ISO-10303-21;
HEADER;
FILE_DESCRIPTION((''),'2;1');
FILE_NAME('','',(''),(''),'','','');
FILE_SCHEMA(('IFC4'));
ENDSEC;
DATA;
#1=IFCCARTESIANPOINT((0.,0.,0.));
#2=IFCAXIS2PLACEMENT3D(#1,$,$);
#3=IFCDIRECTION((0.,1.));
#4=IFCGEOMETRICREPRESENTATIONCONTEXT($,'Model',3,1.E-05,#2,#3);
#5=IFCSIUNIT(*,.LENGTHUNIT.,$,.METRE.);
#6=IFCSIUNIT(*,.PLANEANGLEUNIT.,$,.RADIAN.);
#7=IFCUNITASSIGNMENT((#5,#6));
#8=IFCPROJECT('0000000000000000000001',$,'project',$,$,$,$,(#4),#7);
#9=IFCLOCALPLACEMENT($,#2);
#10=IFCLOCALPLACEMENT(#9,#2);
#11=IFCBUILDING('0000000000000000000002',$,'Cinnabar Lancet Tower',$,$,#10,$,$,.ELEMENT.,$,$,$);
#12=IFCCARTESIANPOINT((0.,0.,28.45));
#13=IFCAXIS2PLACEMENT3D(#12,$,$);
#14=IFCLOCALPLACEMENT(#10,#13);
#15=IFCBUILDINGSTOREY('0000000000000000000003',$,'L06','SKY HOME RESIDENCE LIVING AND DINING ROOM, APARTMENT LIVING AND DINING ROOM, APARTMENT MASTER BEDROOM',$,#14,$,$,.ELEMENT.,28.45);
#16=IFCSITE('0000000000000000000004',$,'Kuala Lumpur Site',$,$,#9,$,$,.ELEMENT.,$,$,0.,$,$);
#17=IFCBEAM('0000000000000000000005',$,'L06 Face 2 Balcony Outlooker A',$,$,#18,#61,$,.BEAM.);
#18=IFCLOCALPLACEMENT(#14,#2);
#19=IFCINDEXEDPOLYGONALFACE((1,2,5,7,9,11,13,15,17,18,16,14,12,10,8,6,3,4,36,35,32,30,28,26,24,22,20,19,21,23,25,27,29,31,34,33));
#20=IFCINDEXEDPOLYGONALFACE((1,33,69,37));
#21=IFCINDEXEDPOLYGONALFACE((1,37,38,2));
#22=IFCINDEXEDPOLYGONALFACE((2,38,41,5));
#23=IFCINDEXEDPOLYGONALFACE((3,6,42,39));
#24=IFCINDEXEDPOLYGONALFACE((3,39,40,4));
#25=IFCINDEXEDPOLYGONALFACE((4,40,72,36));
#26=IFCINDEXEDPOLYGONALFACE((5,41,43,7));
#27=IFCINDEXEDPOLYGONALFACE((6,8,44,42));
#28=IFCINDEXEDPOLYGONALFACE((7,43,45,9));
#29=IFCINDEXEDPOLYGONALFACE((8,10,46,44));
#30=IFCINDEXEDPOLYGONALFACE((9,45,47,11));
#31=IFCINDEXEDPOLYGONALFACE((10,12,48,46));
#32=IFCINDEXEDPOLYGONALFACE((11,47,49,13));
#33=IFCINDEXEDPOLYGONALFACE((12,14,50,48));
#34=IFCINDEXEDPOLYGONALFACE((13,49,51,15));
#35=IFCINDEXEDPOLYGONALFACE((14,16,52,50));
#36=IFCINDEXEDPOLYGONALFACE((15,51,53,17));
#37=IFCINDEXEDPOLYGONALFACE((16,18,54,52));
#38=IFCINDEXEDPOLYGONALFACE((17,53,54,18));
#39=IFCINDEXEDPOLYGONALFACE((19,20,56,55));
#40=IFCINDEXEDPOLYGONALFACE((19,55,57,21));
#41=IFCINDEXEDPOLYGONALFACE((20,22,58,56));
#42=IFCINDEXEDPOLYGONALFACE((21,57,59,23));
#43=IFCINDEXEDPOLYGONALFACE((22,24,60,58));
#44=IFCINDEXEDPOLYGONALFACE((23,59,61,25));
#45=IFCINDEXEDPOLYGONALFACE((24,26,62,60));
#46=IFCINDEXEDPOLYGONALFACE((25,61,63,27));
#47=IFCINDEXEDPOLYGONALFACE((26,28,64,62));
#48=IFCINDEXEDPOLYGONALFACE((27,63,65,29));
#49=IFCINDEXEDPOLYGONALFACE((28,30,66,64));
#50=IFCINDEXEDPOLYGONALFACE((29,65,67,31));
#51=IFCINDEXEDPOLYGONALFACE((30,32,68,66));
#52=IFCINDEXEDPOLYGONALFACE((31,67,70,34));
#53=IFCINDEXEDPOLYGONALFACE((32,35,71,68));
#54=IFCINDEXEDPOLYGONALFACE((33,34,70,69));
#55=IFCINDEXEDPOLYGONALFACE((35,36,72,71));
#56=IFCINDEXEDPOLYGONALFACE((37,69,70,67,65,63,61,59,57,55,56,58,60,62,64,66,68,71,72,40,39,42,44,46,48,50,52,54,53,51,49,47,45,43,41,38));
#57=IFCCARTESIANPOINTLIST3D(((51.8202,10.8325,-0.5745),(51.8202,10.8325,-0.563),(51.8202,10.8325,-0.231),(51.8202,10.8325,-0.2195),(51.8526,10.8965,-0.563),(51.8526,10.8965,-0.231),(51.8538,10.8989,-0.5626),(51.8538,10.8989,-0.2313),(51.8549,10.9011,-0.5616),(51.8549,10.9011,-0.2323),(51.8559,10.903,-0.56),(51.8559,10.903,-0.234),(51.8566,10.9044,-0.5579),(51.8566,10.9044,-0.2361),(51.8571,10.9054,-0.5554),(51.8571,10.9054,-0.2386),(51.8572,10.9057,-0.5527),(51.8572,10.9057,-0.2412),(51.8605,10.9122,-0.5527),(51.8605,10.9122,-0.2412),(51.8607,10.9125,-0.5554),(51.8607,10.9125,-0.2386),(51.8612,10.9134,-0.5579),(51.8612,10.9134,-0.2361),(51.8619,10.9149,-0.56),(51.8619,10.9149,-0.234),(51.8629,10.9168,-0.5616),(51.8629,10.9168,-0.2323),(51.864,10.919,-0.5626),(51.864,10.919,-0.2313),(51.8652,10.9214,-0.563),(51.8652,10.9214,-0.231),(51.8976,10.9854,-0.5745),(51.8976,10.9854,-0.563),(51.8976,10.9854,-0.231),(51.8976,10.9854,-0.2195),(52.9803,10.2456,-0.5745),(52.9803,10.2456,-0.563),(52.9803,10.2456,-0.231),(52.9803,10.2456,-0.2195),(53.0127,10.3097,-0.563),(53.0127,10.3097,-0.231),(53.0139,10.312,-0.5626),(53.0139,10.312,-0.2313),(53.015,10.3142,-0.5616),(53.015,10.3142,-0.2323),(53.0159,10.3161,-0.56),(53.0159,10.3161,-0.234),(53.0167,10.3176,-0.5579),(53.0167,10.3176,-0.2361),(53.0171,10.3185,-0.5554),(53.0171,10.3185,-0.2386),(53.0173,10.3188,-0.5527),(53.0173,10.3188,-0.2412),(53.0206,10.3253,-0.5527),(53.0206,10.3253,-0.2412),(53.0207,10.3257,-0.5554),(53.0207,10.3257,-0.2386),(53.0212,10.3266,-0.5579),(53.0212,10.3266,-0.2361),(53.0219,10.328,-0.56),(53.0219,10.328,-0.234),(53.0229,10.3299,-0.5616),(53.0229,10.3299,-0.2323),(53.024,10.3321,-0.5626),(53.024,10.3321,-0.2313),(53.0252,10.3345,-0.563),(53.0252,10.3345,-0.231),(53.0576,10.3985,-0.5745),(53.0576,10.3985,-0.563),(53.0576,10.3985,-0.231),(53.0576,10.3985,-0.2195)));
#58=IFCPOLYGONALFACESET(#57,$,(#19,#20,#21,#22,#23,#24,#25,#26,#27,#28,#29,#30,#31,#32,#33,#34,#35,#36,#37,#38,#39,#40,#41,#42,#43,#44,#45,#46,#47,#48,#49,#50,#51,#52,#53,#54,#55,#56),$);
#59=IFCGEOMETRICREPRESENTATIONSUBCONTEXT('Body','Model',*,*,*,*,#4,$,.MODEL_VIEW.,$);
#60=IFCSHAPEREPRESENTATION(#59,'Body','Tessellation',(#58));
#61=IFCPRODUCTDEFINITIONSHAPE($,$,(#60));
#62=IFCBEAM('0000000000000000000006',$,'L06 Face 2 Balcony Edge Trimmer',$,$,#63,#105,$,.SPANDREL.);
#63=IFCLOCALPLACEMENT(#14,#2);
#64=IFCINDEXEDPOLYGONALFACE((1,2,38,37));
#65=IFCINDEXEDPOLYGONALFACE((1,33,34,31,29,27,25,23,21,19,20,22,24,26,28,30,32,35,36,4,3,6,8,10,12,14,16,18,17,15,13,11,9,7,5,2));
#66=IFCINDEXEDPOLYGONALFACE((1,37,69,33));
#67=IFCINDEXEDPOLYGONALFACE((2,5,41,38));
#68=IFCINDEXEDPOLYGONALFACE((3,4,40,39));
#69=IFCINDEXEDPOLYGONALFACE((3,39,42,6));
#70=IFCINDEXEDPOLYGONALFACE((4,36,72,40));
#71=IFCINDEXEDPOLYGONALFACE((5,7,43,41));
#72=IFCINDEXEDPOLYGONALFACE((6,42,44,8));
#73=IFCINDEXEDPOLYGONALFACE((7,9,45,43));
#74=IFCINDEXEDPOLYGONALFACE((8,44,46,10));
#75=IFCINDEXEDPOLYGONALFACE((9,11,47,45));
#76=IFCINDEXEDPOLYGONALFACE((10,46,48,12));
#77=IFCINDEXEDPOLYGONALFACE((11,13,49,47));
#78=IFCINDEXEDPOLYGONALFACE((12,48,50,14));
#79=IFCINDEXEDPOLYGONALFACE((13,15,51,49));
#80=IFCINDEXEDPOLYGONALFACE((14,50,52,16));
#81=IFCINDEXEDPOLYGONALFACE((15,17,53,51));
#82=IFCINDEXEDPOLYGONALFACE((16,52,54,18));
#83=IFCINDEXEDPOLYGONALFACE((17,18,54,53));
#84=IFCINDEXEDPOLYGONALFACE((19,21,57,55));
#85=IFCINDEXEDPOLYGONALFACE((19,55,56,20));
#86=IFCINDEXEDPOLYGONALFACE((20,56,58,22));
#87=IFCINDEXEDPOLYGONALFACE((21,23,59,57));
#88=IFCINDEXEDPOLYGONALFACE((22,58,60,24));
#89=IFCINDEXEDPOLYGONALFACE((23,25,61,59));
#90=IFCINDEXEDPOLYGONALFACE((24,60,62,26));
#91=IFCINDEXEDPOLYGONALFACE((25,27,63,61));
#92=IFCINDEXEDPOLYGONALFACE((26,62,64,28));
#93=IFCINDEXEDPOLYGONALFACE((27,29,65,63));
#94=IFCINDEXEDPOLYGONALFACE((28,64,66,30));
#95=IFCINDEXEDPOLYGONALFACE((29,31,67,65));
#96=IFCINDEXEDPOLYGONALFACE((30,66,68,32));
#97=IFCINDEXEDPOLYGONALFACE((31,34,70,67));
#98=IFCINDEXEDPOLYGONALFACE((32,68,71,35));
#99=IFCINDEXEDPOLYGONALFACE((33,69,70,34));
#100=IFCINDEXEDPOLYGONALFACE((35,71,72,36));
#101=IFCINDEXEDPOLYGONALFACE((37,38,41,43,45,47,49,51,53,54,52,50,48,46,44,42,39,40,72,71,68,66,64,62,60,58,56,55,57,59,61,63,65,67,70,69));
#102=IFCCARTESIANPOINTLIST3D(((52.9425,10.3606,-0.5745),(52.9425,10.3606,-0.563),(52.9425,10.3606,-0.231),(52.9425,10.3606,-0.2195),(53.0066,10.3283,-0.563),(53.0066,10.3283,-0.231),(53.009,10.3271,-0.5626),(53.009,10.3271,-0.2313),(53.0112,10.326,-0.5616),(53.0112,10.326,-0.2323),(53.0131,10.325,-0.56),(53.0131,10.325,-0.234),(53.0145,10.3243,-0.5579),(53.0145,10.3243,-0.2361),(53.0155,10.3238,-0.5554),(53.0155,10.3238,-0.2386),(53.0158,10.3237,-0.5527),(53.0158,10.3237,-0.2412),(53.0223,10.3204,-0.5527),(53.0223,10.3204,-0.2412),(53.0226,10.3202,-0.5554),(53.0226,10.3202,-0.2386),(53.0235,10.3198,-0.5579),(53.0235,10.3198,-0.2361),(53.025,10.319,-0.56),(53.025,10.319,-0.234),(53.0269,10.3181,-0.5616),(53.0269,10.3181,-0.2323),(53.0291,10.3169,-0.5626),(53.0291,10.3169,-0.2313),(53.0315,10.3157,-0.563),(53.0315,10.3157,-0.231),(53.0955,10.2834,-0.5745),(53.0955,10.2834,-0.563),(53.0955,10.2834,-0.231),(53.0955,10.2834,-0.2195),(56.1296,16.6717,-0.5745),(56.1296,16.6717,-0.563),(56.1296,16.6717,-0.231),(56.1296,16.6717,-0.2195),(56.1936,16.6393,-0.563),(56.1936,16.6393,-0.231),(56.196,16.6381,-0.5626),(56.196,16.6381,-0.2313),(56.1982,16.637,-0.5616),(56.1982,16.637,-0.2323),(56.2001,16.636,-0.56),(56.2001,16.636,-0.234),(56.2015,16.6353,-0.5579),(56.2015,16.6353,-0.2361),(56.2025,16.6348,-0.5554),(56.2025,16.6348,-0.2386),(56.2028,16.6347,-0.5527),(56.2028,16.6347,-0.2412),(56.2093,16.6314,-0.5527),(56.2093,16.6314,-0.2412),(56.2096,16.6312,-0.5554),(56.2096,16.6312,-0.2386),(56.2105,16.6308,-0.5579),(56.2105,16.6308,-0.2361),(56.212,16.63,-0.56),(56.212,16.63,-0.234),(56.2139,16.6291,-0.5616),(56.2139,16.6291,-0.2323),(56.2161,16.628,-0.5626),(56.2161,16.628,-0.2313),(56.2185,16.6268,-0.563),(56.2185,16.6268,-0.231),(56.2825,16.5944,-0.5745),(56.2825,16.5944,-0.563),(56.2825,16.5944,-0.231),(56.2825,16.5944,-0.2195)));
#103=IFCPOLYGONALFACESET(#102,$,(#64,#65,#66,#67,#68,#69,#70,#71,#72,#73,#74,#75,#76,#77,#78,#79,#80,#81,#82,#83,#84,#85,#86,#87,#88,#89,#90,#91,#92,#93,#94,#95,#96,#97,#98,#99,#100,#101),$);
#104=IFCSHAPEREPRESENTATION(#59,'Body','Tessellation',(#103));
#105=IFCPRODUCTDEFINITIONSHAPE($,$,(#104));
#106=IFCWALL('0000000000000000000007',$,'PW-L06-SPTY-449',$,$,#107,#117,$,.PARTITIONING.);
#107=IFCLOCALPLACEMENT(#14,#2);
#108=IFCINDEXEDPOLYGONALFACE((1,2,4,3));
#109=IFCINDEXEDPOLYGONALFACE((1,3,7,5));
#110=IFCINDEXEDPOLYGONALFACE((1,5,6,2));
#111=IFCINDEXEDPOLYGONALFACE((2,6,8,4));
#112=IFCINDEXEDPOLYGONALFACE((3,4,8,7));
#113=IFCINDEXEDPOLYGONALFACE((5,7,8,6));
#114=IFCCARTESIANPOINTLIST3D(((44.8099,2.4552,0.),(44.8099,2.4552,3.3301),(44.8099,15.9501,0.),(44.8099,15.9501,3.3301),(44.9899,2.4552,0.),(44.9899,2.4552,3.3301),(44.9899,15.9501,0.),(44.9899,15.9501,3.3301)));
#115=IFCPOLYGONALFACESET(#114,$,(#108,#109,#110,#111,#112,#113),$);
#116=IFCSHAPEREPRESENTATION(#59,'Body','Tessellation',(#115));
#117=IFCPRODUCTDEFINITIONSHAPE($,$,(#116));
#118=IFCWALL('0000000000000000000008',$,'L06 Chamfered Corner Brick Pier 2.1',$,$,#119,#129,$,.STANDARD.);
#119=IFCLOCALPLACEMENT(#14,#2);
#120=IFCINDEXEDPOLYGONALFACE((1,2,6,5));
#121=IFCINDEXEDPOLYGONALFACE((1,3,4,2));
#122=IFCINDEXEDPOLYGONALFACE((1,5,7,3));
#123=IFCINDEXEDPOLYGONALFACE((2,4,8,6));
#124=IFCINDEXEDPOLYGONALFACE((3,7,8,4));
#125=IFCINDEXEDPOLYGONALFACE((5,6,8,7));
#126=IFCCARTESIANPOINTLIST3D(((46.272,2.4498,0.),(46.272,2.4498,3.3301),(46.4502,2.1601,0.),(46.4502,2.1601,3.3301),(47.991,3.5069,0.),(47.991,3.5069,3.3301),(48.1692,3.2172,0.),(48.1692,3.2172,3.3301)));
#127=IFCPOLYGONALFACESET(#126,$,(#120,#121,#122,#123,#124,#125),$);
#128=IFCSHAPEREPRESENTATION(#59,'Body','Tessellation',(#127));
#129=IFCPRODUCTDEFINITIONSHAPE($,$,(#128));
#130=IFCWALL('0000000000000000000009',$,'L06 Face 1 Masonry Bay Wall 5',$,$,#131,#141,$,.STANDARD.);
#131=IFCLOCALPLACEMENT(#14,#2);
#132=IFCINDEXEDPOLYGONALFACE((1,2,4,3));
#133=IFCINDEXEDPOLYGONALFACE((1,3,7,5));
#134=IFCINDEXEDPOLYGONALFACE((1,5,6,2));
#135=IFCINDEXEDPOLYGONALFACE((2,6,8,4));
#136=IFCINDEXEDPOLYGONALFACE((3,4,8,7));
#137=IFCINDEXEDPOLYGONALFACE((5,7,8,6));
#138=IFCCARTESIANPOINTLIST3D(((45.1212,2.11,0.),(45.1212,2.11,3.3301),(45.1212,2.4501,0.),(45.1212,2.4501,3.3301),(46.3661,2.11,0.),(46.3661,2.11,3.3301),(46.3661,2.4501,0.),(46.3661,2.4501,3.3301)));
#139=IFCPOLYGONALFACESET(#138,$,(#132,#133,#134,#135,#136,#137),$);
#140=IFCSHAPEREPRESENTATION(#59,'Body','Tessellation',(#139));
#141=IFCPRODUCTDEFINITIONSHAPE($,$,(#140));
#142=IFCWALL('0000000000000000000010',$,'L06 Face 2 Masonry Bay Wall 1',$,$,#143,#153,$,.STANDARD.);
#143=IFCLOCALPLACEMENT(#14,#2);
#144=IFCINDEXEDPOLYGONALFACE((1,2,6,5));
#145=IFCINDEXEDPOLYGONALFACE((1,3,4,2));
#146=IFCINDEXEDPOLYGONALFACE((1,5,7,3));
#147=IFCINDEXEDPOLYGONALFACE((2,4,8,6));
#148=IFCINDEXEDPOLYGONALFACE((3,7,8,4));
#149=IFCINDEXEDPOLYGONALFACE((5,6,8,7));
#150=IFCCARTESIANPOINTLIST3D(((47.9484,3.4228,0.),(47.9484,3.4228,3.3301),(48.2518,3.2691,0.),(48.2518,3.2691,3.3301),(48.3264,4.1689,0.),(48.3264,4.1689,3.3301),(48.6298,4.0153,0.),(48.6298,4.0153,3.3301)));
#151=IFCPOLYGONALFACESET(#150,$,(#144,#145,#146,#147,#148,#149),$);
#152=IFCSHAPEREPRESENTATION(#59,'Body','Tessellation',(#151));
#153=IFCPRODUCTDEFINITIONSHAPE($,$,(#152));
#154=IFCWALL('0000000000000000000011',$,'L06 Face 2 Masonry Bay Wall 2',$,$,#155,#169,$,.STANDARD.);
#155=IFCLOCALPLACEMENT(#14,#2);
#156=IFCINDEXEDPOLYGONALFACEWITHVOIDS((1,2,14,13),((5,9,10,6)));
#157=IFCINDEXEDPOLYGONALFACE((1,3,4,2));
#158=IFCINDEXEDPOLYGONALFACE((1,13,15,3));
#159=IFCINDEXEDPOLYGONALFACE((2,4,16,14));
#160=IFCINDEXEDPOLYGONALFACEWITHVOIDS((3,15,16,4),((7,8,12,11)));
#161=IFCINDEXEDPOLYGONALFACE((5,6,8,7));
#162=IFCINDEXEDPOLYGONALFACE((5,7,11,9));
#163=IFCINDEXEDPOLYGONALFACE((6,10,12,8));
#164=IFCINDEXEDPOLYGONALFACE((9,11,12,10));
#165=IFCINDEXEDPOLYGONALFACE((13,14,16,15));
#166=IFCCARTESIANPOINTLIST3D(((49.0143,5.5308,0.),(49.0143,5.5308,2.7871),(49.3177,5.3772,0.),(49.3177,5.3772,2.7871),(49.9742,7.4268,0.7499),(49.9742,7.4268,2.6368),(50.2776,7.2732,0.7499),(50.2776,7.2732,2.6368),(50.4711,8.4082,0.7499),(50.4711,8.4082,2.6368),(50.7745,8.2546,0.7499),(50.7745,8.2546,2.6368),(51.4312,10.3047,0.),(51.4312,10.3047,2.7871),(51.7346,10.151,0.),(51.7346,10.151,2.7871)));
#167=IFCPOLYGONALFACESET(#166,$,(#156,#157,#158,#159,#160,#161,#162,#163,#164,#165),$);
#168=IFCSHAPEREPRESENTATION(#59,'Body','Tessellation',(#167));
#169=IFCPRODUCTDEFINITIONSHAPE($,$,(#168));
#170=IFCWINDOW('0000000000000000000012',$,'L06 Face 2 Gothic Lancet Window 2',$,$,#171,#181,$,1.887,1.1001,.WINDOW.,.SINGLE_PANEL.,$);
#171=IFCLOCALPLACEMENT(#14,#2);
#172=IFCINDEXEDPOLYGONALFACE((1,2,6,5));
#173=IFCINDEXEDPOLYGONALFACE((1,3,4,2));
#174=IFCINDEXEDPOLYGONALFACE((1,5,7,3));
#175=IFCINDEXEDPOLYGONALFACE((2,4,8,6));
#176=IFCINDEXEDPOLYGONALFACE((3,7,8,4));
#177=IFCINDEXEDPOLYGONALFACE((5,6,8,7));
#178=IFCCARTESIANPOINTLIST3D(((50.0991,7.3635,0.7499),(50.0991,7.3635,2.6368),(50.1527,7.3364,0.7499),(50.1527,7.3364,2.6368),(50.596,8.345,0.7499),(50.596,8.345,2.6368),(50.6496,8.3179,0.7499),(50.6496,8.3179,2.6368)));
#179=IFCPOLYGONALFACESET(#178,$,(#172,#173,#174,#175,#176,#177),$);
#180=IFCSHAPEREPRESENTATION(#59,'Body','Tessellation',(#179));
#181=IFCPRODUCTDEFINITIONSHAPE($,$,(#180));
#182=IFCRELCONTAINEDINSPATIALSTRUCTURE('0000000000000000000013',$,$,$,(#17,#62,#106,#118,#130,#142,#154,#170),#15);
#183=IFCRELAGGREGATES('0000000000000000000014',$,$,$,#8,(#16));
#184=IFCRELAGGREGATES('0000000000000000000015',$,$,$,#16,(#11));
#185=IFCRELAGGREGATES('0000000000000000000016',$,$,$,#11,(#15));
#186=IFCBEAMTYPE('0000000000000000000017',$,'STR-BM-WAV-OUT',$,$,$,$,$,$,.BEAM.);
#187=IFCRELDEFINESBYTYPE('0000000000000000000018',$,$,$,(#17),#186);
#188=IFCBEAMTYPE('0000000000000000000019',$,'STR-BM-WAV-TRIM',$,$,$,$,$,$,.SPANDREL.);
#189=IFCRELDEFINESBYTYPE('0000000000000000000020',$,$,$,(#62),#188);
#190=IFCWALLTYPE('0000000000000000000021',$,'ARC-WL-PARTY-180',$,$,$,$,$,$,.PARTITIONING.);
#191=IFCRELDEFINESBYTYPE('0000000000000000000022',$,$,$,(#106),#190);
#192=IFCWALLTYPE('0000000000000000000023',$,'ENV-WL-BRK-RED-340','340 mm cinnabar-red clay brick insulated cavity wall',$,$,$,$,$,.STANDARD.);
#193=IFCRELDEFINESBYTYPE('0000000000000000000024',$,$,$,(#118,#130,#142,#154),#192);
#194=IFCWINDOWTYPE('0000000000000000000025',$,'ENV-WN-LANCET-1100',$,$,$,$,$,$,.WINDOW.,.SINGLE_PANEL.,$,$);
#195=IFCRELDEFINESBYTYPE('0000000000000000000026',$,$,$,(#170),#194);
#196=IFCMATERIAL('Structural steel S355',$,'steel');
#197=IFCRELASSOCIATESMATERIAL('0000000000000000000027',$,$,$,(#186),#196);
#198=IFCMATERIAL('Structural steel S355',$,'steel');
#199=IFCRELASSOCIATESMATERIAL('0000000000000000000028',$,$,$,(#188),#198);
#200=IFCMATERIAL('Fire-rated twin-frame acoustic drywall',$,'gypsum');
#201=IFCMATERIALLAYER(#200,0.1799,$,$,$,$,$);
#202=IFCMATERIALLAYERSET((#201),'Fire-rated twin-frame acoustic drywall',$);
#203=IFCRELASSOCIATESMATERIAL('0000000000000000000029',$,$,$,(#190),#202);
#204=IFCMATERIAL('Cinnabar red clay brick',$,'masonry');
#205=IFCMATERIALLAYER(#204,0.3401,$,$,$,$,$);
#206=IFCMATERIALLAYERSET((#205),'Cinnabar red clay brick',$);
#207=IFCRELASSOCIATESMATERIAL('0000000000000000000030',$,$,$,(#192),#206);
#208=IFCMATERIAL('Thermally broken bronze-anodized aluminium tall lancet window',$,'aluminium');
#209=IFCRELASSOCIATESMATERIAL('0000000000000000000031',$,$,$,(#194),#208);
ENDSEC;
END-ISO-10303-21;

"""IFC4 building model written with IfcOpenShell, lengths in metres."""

from ifc_helpers import new_model, si_unit, direction, frame, frame_2d, origin, origin_2d, place, context, subcontext, project, spatial, rectangle, i_section, extrude, material, layer, layer_set, material_profile, profile_set, type_object, element, fill, save


model = new_model("IFC4")

# Units and contexts
model_context = context("Model", 3, precision=1e-05, world=origin(), true_north=direction((0.0, 1.0)))
body_context = subcontext(model_context, "Body", "Model", "MODEL_VIEW")
ifc_project = project(units=[si_unit("LENGTHUNIT", "METRE"), si_unit("PLANEANGLEUNIT", "RADIAN")], contexts=[model_context])

# Site, building, storey
site_placement = place(None, origin())
site = spatial("IfcSite", under=ifc_project, at=site_placement, Name="Kuala Lumpur Site", CompositionType="ELEMENT", RefElevation=0.0)
building_placement = place(site_placement, origin())
building = spatial("IfcBuilding", under=site, at=building_placement, Name="Cinnabar Lancet Tower", CompositionType="ELEMENT")
storey_placement = place(building_placement, frame((0.0, 0.0, 28.45)))
storey = spatial("IfcBuildingStorey", under=building, at=storey_placement, Name="L06", Description="SKY HOME RESIDENCE LIVING AND DINING ROOM, APARTMENT LIVING AND DINING ROOM, APARTMENT MASTER BEDROOM", CompositionType="ELEMENT", Elevation=28.45)

# Beams
ifc_material_1 = material(Name="Structural steel S355", Category="steel")
ifc_material_profile_1 = material_profile(ifc_material_1, i_section(OverallWidth=0.1714, OverallDepth=0.355, WebThickness=0.0073, FlangeThickness=0.0115, FilletRadius=0.0103, at=origin_2d()), Name="UKB 356x171x51")
ifc_profile_set_1 = profile_set([ifc_material_profile_1], Name="Structural steel S355")
beam_type_1 = type_object("IfcBeamType", Name="STR-BM-WAV-OUT", PredefinedType="BEAM", material=ifc_profile_set_1)
beam_1_placement = place(storey_placement, frame((51.8589, 10.9089, -0.397), z_axis=(0.892314, -0.451415, 0.0), x_axis=(0.451415, 0.892314, 0.0)))
element("IfcBeam", 1, at=beam_1_placement, inside=storey, type_object=beam_type_1, Name="L06 Face 2 Balcony Outlooker A", PredefinedType="BEAM", context=body_context, shape_type="SweptSolid", body=[
    extrude(i_section(OverallWidth=0.1714, OverallDepth=0.355, WebThickness=0.0073, FlangeThickness=0.0115, FilletRadius=0.0103, at=origin_2d()), origin(), (0.0, 0.0, 1.0), 1.3),
])
ifc_material_2 = material(Name="Structural steel S355", Category="steel")
ifc_material_profile_2 = material_profile(ifc_material_2, i_section(OverallWidth=0.1714, OverallDepth=0.355, WebThickness=0.0073, FlangeThickness=0.0115, FilletRadius=0.0103, at=origin_2d()), Name="UKB 356x171x51")
ifc_profile_set_2 = profile_set([ifc_material_profile_2], Name="Structural steel S355")
beam_type_2 = type_object("IfcBeamType", Name="STR-BM-WAV-TRIM", PredefinedType="SPANDREL", material=ifc_profile_set_2)
beam_2_placement = place(storey_placement, frame((53.019, 10.322, -0.397), z_axis=(0.450774, 0.892638, 0.0), x_axis=(-0.892638, 0.450774, 0.0)))
element("IfcBeam", 2, at=beam_2_placement, inside=storey, type_object=beam_type_2, Name="L06 Face 2 Balcony Edge Trimmer", PredefinedType="SPANDREL", context=body_context, shape_type="SweptSolid", body=[
    extrude(i_section(OverallWidth=0.1714, OverallDepth=0.355, WebThickness=0.0073, FlangeThickness=0.0115, FilletRadius=0.0103, at=origin_2d()), origin(), (0.0, 0.0, 1.0), 7.0701),
])

# Walls
ifc_material_3 = material(Name="Fire-rated twin-frame acoustic drywall", Category="gypsum")
ifc_layer_1 = layer(ifc_material_3, 0.1799)
ifc_layer_set_1 = layer_set([ifc_layer_1], Name="Fire-rated twin-frame acoustic drywall")
wall_type_1 = type_object("IfcWallType", Name="ARC-WL-PARTY-180", PredefinedType="PARTITIONING", material=ifc_layer_set_1)
wall_1_placement = place(storey_placement, frame((44.8999, 2.4551, 0.0), z_axis=(0.0, 0.0, 1.0), x_axis=(0.0, 1.0, 0.0)))
element("IfcWall", 3, at=wall_1_placement, inside=storey, type_object=wall_type_1, Name="PW-L06-SPTY-449", PredefinedType="PARTITIONING", context=body_context, shape_type="SweptSolid", body=[
    extrude(rectangle(XDim=13.4949, YDim=0.1799, at=frame_2d((6.7476, 0.0))), origin(), (0.0, 0.0, 1.0), 3.3301),
])
ifc_material_4 = material(Name="Cinnabar red clay brick", Category="masonry")
ifc_layer_2 = layer(ifc_material_4, 0.3401)
ifc_layer_set_2 = layer_set([ifc_layer_2], Name="Cinnabar red clay brick")
wall_type_2 = type_object("IfcWallType", Name="ENV-WL-BRK-RED-340", Description="340 mm cinnabar-red clay brick insulated cavity wall", PredefinedType="STANDARD", material=ifc_layer_set_2)
wall_2_placement = place(storey_placement, frame((46.3611, 2.3049, 0.0), z_axis=(0.0, 0.0, 1.0), x_axis=(0.851816, 0.523841, 0.0)))
element("IfcWall", 4, at=wall_2_placement, inside=storey, type_object=wall_type_2, Name="L06 Chamfered Corner Brick Pier 2.1", PredefinedType="STANDARD", context=body_context, shape_type="SweptSolid", body=[
    extrude(rectangle(XDim=2.0181, YDim=0.3401, at=frame_2d((1.009, 0.0))), origin(), (0.0, 0.0, 1.0), 3.3301),
])
wall_3_placement = place(storey_placement, frame((45.1211, 2.28, 0.0), z_axis=(0.0, 0.0, 1.0), x_axis=(1.0, 0.0, 0.0)))
element("IfcWall", 5, at=wall_3_placement, inside=storey, type_object=wall_type_2, Name="L06 Face 1 Masonry Bay Wall 5", PredefinedType="STANDARD", context=body_context, shape_type="SweptSolid", body=[
    extrude(rectangle(XDim=1.2449, YDim=0.3401, at=frame_2d((0.6226, 0.0))), origin(), (0.0, 0.0, 1.0), 3.3301),
])
wall_4_placement = place(storey_placement, frame((48.1001, 3.3459, 0.0), z_axis=(0.0, 0.0, 1.0), x_axis=(0.451878, 0.89208, 0.0)))
element("IfcWall", 6, at=wall_4_placement, inside=storey, type_object=wall_type_2, Name="L06 Face 2 Masonry Bay Wall 1", PredefinedType="STANDARD", context=body_context, shape_type="SweptSolid", body=[
    extrude(rectangle(XDim=0.8364, YDim=0.3401, at=frame_2d((0.4182, 0.0))), origin(), (0.0, 0.0, 1.0), 3.3301),
])

# Wall, opening, window
wall_5_placement = place(storey_placement, frame((49.166, 5.4541, 0.0), z_axis=(0.0, 0.0, 1.0), x_axis=(0.451698, 0.892171, 0.0)))
wall_5 = element("IfcWall", 7, at=wall_5_placement, inside=storey, type_object=wall_type_2, Name="L06 Face 2 Masonry Bay Wall 2", PredefinedType="STANDARD", context=body_context, shape_type="SweptSolid", body=[
    extrude(rectangle(XDim=5.3508, YDim=0.3401, at=frame_2d((2.6753, 0.0))), origin(), (0.0, 0.0, 1.0), 2.7871),
])
opening_1_placement = place(wall_5_placement, frame((2.125, 0.0, 0.75)))
opening_1 = element("IfcOpeningElement", 8, at=opening_1_placement, cuts=wall_5, PredefinedType="OPENING", context=body_context, shape_type="SweptSolid", body=[
    extrude(rectangle(XDim=1.1001, YDim=1.887, at=frame_2d((0.55, 0.9434))), frame((0.0, 0.1799, 0.0), z_axis=(0.0, -1.0, 0.0), x_axis=(1.0, 0.0, 0.0)), (0.0, 0.0, 1.0), 0.3601),
])
ifc_material_5 = material(Name="Thermally broken bronze-anodized aluminium tall lancet window", Category="aluminium")
window_type = type_object("IfcWindowType", Name="ENV-WN-LANCET-1100", PartitioningType="SINGLE_PANEL", PredefinedType="WINDOW", material=ifc_material_5)
window_placement = place(opening_1_placement, origin())
window = element("IfcWindow", 9, at=window_placement, inside=storey, type_object=window_type, Name="L06 Face 2 Gothic Lancet Window 2", OverallHeight=1.887, OverallWidth=1.1001, PartitioningType="SINGLE_PANEL", PredefinedType="WINDOW", context=body_context, shape_type="SweptSolid", body=[
    extrude(rectangle(XDim=1.1001, YDim=1.887, at=frame_2d((0.55, 0.9434))), frame((0.0, 0.03, 0.0), z_axis=(0.0, -1.0, 0.0), x_axis=(1.0, 0.0, 0.0)), (0.0, 0.0, 1.0), 0.0601),
])
fill(opening_1, window)

save(model, "model.ifc")
